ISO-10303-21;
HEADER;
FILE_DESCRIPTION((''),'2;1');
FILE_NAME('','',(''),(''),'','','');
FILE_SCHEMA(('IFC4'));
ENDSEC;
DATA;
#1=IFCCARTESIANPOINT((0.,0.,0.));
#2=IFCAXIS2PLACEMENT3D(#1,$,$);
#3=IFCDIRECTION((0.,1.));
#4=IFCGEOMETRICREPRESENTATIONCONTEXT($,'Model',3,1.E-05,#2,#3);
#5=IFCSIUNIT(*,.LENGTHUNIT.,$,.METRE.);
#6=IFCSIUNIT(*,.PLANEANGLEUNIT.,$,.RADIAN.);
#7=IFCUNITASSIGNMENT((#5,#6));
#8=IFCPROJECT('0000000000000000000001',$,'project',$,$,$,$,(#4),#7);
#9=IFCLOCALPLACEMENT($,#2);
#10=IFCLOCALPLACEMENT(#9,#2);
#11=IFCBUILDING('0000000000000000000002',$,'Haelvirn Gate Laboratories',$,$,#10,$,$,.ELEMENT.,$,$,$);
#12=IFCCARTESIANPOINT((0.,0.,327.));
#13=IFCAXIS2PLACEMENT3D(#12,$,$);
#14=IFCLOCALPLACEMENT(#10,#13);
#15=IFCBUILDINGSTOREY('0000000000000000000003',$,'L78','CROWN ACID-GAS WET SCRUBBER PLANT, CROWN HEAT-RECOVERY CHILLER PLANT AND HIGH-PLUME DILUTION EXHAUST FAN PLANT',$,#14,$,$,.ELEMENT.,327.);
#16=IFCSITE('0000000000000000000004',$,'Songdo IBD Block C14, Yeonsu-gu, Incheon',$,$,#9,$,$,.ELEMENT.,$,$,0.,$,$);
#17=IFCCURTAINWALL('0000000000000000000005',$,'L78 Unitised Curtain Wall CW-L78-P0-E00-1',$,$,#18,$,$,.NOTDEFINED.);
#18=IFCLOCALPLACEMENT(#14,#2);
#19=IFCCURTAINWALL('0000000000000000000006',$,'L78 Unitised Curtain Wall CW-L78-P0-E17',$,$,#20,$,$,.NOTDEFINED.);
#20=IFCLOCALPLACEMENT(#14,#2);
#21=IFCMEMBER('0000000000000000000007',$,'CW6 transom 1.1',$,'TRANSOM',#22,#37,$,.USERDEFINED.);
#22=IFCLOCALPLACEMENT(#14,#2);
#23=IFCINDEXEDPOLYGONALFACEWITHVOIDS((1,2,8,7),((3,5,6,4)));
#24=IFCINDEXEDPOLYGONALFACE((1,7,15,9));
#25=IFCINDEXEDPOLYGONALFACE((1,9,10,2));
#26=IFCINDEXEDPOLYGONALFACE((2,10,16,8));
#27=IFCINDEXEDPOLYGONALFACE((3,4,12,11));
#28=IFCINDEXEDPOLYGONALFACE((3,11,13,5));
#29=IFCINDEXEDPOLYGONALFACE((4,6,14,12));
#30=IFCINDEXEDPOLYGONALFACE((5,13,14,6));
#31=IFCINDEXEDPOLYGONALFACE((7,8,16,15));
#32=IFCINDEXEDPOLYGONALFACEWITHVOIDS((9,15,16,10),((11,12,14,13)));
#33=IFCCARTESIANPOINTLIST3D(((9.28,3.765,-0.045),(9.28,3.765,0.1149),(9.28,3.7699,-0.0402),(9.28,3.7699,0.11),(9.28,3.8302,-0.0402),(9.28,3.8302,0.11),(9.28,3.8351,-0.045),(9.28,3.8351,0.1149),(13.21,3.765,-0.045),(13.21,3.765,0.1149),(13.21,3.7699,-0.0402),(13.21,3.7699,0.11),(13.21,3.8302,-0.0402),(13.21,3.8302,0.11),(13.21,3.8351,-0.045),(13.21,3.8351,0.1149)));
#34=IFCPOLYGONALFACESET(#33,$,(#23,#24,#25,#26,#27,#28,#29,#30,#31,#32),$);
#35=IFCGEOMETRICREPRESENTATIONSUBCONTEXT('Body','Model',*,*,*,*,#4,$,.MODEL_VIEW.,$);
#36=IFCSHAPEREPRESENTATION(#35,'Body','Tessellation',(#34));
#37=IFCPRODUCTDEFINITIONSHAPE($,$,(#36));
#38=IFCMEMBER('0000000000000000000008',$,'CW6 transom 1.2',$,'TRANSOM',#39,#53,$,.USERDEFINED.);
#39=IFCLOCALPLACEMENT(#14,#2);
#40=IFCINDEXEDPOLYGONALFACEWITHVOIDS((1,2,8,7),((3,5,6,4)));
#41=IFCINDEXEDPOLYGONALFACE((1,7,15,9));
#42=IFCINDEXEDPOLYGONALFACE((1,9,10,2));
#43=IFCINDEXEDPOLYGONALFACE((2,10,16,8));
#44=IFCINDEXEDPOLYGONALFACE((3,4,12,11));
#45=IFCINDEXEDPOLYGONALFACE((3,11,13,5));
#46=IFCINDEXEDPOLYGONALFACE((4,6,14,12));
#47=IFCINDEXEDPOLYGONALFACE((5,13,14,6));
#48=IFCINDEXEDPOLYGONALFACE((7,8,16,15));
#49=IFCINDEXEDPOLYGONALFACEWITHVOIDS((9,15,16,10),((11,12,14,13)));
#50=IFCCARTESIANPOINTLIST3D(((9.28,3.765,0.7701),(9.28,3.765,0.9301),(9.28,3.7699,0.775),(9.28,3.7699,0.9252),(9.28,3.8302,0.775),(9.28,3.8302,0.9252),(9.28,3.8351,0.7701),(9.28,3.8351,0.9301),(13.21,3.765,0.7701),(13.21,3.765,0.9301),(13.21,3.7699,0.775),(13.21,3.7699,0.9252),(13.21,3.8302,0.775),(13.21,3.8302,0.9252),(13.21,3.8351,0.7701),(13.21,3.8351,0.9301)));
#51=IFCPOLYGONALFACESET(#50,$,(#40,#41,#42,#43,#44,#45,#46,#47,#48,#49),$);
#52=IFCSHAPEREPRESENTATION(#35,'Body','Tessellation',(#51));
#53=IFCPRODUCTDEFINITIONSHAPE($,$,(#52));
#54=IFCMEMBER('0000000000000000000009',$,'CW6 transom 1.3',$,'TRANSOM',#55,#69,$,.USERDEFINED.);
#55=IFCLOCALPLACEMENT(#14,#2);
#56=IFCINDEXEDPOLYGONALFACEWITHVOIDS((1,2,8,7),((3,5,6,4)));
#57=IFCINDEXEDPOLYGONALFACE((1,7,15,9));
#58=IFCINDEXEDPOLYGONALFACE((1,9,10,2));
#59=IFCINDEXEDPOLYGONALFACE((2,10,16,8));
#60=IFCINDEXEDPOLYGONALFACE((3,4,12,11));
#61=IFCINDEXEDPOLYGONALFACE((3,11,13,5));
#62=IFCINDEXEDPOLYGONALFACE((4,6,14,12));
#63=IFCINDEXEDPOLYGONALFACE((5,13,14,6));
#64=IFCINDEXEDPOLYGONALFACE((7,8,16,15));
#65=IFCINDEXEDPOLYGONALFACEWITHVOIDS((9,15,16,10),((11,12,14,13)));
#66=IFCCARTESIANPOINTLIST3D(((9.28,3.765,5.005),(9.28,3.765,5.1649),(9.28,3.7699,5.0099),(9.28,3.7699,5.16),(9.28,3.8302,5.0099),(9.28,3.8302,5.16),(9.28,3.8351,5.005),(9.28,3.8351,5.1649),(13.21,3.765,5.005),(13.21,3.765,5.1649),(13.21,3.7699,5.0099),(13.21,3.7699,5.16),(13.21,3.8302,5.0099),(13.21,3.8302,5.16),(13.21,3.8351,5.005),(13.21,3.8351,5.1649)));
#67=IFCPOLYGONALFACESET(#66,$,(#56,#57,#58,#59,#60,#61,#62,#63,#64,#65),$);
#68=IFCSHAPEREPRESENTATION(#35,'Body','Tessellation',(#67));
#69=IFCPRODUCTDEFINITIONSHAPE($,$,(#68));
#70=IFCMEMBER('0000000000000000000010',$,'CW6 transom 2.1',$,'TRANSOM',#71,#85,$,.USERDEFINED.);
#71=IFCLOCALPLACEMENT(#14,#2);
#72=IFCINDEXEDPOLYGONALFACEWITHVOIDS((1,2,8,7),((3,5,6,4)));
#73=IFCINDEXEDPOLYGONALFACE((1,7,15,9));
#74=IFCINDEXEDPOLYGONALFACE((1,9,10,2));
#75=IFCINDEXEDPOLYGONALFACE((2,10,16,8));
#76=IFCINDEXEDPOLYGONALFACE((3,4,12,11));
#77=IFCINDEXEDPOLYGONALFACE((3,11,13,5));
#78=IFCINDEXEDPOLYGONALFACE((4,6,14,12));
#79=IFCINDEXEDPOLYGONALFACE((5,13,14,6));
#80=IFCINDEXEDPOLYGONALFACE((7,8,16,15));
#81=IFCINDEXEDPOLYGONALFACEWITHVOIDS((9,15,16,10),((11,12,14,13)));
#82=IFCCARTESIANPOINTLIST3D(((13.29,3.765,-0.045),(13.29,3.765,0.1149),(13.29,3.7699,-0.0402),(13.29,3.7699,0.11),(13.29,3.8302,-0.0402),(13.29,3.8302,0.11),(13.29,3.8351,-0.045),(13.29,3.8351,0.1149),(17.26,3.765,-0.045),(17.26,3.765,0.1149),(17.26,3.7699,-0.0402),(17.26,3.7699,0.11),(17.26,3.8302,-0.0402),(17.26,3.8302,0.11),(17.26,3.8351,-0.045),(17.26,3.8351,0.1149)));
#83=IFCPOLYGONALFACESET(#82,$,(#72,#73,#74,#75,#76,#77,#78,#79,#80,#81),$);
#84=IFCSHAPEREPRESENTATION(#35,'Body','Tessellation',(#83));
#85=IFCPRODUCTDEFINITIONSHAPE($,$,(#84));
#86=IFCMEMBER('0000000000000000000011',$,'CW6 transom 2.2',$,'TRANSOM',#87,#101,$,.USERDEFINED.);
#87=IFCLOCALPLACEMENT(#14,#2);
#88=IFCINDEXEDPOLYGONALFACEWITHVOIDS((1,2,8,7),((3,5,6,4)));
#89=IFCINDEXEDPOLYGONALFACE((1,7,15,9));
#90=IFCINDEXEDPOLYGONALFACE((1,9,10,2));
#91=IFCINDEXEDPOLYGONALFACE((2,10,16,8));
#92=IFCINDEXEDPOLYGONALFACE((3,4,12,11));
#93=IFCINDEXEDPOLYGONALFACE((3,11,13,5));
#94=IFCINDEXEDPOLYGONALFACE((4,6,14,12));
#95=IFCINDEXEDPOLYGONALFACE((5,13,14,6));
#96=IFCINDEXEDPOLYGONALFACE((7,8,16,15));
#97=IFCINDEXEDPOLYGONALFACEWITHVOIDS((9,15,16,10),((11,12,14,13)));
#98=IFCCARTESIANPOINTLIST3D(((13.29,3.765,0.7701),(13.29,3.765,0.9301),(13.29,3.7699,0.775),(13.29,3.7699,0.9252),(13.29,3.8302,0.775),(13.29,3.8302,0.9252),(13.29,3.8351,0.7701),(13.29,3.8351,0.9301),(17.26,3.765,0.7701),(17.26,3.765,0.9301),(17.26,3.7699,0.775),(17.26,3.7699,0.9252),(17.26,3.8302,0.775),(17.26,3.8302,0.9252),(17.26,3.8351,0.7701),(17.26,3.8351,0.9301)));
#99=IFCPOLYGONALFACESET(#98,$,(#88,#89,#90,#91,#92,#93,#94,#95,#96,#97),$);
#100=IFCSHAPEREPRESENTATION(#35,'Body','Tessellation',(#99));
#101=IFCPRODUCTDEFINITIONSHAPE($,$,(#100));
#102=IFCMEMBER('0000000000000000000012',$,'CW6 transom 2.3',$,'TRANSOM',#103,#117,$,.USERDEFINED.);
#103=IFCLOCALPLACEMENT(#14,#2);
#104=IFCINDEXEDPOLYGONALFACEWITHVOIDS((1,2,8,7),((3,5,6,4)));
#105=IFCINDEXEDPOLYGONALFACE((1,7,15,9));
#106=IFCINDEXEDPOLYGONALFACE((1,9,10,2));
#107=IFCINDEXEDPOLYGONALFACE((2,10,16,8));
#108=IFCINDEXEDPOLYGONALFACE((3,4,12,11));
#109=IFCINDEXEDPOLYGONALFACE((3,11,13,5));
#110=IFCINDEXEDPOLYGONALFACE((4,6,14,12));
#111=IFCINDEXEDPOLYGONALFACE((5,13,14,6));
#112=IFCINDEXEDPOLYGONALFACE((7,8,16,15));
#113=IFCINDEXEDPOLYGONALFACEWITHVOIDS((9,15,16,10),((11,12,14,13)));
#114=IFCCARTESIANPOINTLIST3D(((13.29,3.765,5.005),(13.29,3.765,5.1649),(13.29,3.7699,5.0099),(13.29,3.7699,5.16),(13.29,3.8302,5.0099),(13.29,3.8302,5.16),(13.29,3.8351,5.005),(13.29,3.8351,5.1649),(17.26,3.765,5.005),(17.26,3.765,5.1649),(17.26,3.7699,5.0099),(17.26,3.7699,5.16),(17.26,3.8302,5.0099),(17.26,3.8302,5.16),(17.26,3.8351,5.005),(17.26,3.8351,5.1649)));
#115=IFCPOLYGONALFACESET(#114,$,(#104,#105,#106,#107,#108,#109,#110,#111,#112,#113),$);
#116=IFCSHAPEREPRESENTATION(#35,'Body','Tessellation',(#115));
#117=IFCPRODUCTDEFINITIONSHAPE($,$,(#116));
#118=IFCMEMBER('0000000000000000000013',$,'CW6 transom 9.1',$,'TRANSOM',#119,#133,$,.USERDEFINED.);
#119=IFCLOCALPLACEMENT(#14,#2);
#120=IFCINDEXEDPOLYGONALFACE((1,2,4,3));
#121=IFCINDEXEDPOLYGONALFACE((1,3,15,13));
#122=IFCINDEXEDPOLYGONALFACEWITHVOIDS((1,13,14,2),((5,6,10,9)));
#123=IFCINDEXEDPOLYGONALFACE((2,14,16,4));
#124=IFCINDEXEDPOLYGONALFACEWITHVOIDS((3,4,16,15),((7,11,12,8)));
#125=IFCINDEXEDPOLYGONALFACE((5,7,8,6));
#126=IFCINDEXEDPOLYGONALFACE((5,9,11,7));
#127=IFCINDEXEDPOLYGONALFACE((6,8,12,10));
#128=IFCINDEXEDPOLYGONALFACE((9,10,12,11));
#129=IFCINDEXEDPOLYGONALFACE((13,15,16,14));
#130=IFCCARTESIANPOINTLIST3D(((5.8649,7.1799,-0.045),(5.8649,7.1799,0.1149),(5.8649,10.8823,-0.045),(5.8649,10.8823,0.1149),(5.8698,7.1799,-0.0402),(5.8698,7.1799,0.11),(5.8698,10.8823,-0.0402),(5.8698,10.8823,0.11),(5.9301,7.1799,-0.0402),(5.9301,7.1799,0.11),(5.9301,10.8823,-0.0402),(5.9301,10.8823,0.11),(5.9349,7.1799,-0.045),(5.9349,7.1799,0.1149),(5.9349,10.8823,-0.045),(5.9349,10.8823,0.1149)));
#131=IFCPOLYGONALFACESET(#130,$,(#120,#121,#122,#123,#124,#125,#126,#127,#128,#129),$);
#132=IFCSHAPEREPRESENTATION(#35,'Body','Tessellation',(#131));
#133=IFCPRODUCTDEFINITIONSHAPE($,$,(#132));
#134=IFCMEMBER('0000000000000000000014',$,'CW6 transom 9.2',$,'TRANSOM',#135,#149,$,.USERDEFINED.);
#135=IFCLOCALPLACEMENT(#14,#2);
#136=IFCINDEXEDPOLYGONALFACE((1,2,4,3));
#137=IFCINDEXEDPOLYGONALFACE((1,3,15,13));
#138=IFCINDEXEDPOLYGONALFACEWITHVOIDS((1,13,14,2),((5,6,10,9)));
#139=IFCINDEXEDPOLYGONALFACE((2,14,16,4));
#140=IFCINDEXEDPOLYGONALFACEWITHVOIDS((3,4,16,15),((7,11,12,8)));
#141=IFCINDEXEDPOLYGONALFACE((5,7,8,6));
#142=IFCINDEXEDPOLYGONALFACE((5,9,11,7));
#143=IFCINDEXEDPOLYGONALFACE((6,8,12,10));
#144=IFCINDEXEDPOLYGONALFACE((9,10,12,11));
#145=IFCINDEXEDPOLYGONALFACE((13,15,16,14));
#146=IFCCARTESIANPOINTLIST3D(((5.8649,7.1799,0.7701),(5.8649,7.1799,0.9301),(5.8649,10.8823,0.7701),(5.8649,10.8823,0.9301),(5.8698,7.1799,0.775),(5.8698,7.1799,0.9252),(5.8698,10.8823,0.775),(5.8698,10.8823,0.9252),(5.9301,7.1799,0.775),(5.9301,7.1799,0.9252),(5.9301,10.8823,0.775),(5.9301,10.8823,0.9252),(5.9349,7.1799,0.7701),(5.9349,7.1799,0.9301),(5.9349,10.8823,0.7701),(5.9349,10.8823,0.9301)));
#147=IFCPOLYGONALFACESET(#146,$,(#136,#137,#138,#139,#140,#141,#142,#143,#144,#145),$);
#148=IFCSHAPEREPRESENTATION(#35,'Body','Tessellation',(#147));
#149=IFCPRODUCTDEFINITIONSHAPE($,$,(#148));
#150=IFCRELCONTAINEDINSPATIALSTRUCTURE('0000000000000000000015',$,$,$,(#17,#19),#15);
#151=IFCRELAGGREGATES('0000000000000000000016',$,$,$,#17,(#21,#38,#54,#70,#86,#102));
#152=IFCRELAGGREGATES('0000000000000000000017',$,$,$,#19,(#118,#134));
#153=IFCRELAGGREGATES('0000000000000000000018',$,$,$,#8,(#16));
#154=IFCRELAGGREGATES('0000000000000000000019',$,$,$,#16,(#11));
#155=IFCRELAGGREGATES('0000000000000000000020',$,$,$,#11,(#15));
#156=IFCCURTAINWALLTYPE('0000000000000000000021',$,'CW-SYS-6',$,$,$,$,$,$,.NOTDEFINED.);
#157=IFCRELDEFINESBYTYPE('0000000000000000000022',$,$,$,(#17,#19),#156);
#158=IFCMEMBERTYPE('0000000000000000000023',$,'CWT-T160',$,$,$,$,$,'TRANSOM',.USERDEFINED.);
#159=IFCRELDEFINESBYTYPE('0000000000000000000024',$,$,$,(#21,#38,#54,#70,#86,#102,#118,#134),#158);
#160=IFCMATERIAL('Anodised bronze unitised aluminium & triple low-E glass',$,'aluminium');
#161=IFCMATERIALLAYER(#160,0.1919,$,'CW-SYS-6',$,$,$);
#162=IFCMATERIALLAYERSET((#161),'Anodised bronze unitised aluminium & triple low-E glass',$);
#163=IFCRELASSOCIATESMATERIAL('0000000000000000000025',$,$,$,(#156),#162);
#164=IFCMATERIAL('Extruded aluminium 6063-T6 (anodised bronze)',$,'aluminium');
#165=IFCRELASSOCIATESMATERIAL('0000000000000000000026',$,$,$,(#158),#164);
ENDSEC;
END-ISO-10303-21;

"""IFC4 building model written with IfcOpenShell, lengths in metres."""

from ifc_helpers import new_model, si_unit, direction, frame, origin, origin_2d, place, context, subcontext, project, spatial, hollow_rectangle, extrude, source, transform, mapped, material, layer, layer_set, material_profile, profile_set, type_object, type_shapes, element, aggregate, save


model = new_model("IFC4")

# Units and contexts
model_context = context("Model", 3, precision=1e-05, world=origin(), true_north=direction((0.0, 1.0)))
body_context = subcontext(model_context, "Body", "Model", "MODEL_VIEW")
ifc_project = project(units=[si_unit("LENGTHUNIT", "METRE"), si_unit("PLANEANGLEUNIT", "RADIAN")], contexts=[model_context])

# Site, building, storey
site_placement = place(None, origin())
site = spatial("IfcSite", under=ifc_project, at=site_placement, Name="Songdo IBD Block C14, Yeonsu-gu, Incheon", CompositionType="ELEMENT", RefElevation=0.0)
building_placement = place(site_placement, origin())
building = spatial("IfcBuilding", under=site, at=building_placement, Name="Haelvirn Gate Laboratories", CompositionType="ELEMENT")
storey_placement = place(building_placement, frame((0.0, 0.0, 327.0)))
storey = spatial("IfcBuildingStorey", under=building, at=storey_placement, Name="L78", Description="CROWN ACID-GAS WET SCRUBBER PLANT, CROWN HEAT-RECOVERY CHILLER PLANT AND HIGH-PLUME DILUTION EXHAUST FAN PLANT", CompositionType="ELEMENT", Elevation=327.0)

# Curtain wall
ifc_material_1 = material(Name="Anodised bronze unitised aluminium & triple low-E glass", Category="aluminium")
ifc_material_2 = material(Name="Extruded aluminium 6063-T6 (anodised bronze)", Category="aluminium")
ifc_layer_1 = layer(ifc_material_1, 0.1919, Name="CW-SYS-6")
ifc_layer_set_1 = layer_set([ifc_layer_1], Name="Anodised bronze unitised aluminium & triple low-E glass")
curtain_wall_type_1 = type_object("IfcCurtainWallType", Name="CW-SYS-6", PredefinedType="NOTDEFINED", material=ifc_layer_set_1)
curtain_wall_1_placement = place(storey_placement, origin())
curtain_wall_1 = element("IfcCurtainWall", 1, at=curtain_wall_1_placement, inside=storey, type_object=curtain_wall_type_1, Name="L78 Unitised Curtain Wall CW-L78-P0-E00-1", PredefinedType="NOTDEFINED")

# Curtain wall
curtain_wall_2_placement = place(storey_placement, origin())
curtain_wall_2 = element("IfcCurtainWall", 2, at=curtain_wall_2_placement, inside=storey, type_object=curtain_wall_type_1, Name="L78 Unitised Curtain Wall CW-L78-P0-E17", PredefinedType="NOTDEFINED")

# Members
ifc_material_profile_1 = material_profile(ifc_material_2, hollow_rectangle(XDim=0.0701, YDim=0.1599, WallThickness=0.0049, at=origin_2d()), Name="CWT-160x70x5")
ifc_profile_set_1 = profile_set([ifc_material_profile_1], Name="Extruded aluminium 6063-T6 (anodised bronze)")
member_type_1 = type_object("IfcMemberType", Name="CWT-T160", ElementType="TRANSOM", PredefinedType="USERDEFINED", material=ifc_profile_set_1)
shared_shape_1 = source(origin(), body_context, "Body", "SweptSolid", [
    extrude(hollow_rectangle(XDim=0.0701, YDim=0.1599, WallThickness=0.0049, at=origin_2d()), origin(), (0.0, 0.0, 1.0), 3.9299),
])
member_1_placement = place(storey_placement, frame((9.28, 3.8, 0.0349), z_axis=(1.0, 0.0, 0.0), x_axis=(0.0, 1.0, 0.0)))
member_1 = element("IfcMember", 3, at=member_1_placement, type_object=member_type_1, Name="CW6 transom 1.1", ObjectType="TRANSOM", PredefinedType="USERDEFINED", context=body_context, shape_type="MappedRepresentation", body=[
    mapped(shared_shape_1, transform((0.0, 0.0, 0.0), scale=1.0)),
])
member_2_placement = place(storey_placement, frame((9.28, 3.8, 0.8501), z_axis=(1.0, 0.0, 0.0), x_axis=(0.0, 1.0, 0.0)))
member_2 = element("IfcMember", 4, at=member_2_placement, type_object=member_type_1, Name="CW6 transom 1.2", ObjectType="TRANSOM", PredefinedType="USERDEFINED", context=body_context, shape_type="MappedRepresentation", body=[
    mapped(shared_shape_1, transform((0.0, 0.0, 0.0), scale=1.0)),
])
member_3_placement = place(storey_placement, frame((9.28, 3.8, 5.085), z_axis=(1.0, 0.0, 0.0), x_axis=(0.0, 1.0, 0.0)))
member_3 = element("IfcMember", 5, at=member_3_placement, type_object=member_type_1, Name="CW6 transom 1.3", ObjectType="TRANSOM", PredefinedType="USERDEFINED", context=body_context, shape_type="MappedRepresentation", body=[
    mapped(shared_shape_1, transform((0.0, 0.0, 0.0), scale=1.0)),
])
shared_shape_2 = source(origin(), body_context, "Body", "SweptSolid", [
    extrude(hollow_rectangle(XDim=0.0701, YDim=0.1599, WallThickness=0.0049, at=origin_2d()), origin(), (0.0, 0.0, 1.0), 3.97),
])
member_4_placement = place(storey_placement, frame((13.29, 3.8, 0.0349), z_axis=(1.0, 0.0, 0.0), x_axis=(0.0, 1.0, 0.0)))
member_4 = element("IfcMember", 6, at=member_4_placement, type_object=member_type_1, Name="CW6 transom 2.1", ObjectType="TRANSOM", PredefinedType="USERDEFINED", context=body_context, shape_type="MappedRepresentation", body=[
    mapped(shared_shape_2, transform((0.0, 0.0, 0.0), scale=1.0)),
])
member_5_placement = place(storey_placement, frame((13.29, 3.8, 0.8501), z_axis=(1.0, 0.0, 0.0), x_axis=(0.0, 1.0, 0.0)))
member_5 = element("IfcMember", 7, at=member_5_placement, type_object=member_type_1, Name="CW6 transom 2.2", ObjectType="TRANSOM", PredefinedType="USERDEFINED", context=body_context, shape_type="MappedRepresentation", body=[
    mapped(shared_shape_2, transform((0.0, 0.0, 0.0), scale=1.0)),
])
member_6_placement = place(storey_placement, frame((13.29, 3.8, 5.085), z_axis=(1.0, 0.0, 0.0), x_axis=(0.0, 1.0, 0.0)))
member_6 = element("IfcMember", 8, at=member_6_placement, type_object=member_type_1, Name="CW6 transom 2.3", ObjectType="TRANSOM", PredefinedType="USERDEFINED", context=body_context, shape_type="MappedRepresentation", body=[
    mapped(shared_shape_2, transform((0.0, 0.0, 0.0), scale=1.0)),
])
shared_shape_3 = source(origin(), body_context, "Body", "SweptSolid", [
    extrude(hollow_rectangle(XDim=0.0701, YDim=0.1599, WallThickness=0.0049, at=origin_2d()), origin(), (0.0, 0.0, 1.0), 3.7024),
])
type_shapes(member_type_1, [shared_shape_1, shared_shape_2, shared_shape_3])
member_7_placement = place(storey_placement, frame((5.8999, 10.8823, 0.0349), z_axis=(0.0, -1.0, 0.0), x_axis=(1.0, 0.0, 0.0)))
member_7 = element("IfcMember", 9, at=member_7_placement, type_object=member_type_1, Name="CW6 transom 9.1", ObjectType="TRANSOM", PredefinedType="USERDEFINED", context=body_context, shape_type="MappedRepresentation", body=[
    mapped(shared_shape_3, transform((0.0, 0.0, 0.0), scale=1.0)),
])
member_8_placement = place(storey_placement, frame((5.8999, 10.8823, 0.8501), z_axis=(0.0, -1.0, 0.0), x_axis=(1.0, 0.0, 0.0)))
member_8 = element("IfcMember", 10, at=member_8_placement, type_object=member_type_1, Name="CW6 transom 9.2", ObjectType="TRANSOM", PredefinedType="USERDEFINED", context=body_context, shape_type="MappedRepresentation", body=[
    mapped(shared_shape_3, transform((0.0, 0.0, 0.0), scale=1.0)),
])

aggregate(curtain_wall_1, [member_1, member_2, member_3, member_4, member_5, member_6])
aggregate(curtain_wall_2, [member_7, member_8])

save(model, "model.ifc")
